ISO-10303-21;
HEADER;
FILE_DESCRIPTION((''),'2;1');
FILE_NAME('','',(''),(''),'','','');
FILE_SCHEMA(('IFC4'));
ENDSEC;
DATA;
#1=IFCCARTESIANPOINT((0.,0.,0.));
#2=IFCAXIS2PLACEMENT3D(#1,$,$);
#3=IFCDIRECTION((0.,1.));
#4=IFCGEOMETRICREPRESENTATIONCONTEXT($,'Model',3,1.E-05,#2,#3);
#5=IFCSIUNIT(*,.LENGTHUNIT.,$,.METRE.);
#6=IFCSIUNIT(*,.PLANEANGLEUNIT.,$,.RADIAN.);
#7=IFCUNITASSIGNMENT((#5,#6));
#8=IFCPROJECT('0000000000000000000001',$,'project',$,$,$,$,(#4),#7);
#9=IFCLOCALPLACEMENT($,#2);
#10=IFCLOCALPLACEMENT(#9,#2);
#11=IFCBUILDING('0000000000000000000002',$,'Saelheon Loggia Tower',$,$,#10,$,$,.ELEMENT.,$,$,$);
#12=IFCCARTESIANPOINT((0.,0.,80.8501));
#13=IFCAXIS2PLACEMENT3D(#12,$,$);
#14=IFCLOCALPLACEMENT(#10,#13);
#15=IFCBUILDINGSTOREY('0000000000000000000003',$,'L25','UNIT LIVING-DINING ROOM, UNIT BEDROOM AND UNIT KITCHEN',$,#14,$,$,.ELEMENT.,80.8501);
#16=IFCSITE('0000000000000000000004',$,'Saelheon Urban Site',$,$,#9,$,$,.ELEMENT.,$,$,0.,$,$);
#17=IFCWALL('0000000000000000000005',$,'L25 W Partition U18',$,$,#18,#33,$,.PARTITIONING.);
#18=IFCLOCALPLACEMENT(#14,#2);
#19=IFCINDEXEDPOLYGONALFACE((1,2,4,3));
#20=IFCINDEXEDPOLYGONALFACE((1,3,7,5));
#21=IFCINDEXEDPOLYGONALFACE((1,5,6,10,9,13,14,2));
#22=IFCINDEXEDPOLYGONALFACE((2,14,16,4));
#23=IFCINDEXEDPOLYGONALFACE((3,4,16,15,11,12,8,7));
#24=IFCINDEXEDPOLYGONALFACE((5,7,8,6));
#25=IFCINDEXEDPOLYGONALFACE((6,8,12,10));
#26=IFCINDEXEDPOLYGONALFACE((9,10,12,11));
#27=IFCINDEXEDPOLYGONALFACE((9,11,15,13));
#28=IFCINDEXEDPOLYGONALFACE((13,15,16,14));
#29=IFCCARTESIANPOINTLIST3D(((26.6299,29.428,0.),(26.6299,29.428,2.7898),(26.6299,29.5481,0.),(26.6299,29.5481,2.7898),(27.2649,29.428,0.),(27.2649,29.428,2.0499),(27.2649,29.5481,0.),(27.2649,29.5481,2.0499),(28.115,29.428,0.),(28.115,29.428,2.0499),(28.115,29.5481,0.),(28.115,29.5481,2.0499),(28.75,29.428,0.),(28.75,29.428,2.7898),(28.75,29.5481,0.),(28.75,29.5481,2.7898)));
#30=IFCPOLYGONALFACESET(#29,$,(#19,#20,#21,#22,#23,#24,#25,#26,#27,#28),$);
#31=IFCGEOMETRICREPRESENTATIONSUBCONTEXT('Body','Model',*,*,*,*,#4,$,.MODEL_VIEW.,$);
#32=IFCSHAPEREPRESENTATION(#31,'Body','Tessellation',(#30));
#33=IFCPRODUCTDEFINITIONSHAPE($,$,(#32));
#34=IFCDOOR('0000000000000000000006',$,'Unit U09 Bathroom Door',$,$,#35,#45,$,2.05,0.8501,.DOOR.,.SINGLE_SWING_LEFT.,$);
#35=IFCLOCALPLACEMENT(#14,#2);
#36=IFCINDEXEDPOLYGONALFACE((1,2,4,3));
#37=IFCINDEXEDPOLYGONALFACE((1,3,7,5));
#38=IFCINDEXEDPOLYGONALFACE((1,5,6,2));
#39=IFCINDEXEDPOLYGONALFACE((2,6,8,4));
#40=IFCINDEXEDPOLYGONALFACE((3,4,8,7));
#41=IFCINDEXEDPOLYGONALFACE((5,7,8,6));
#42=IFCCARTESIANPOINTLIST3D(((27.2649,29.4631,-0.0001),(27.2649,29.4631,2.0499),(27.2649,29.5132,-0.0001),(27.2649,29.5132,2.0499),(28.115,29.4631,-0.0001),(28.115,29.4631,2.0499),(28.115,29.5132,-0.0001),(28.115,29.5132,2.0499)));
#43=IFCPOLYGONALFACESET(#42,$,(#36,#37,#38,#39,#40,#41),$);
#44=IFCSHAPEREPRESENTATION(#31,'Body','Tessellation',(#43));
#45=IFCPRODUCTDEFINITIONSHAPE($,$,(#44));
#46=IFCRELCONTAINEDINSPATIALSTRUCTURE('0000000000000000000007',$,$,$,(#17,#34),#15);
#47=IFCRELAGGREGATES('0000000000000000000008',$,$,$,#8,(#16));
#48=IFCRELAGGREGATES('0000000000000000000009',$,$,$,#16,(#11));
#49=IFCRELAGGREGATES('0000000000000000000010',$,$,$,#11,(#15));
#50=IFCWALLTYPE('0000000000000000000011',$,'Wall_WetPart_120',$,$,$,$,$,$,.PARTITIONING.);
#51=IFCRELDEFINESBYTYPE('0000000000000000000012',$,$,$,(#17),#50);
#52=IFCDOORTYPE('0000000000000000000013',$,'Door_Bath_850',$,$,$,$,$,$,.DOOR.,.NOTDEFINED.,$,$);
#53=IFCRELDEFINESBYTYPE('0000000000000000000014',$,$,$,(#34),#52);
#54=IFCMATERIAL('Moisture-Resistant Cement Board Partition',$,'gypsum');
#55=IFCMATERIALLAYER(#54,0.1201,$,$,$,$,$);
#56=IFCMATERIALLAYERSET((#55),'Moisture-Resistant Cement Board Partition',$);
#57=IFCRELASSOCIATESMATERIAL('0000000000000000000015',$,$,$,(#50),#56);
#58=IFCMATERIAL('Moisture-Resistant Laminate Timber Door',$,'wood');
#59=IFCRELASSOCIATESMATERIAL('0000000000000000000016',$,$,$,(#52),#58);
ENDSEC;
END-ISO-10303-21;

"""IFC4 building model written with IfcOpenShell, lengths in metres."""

from ifc_helpers import new_model, si_unit, direction, frame, frame_2d, origin, place, context, subcontext, project, spatial, rectangle, extrude, source, transform, mapped, material, layer, layer_set, type_object, element, fill, save


model = new_model("IFC4")

# Units and contexts
model_context = context("Model", 3, precision=1e-05, world=origin(), true_north=direction((0.0, 1.0)))
body_context = subcontext(model_context, "Body", "Model", "MODEL_VIEW")
ifc_project = project(units=[si_unit("LENGTHUNIT", "METRE"), si_unit("PLANEANGLEUNIT", "RADIAN")], contexts=[model_context])

# Site, building, storey
site_placement = place(None, origin())
site = spatial("IfcSite", under=ifc_project, at=site_placement, Name="Saelheon Urban Site", CompositionType="ELEMENT", RefElevation=0.0)
building_placement = place(site_placement, origin())
building = spatial("IfcBuilding", under=site, at=building_placement, Name="Saelheon Loggia Tower", CompositionType="ELEMENT")
storey_placement = place(building_placement, frame((0.0, 0.0, 80.8501)))
storey = spatial("IfcBuildingStorey", under=building, at=storey_placement, Name="L25", Description="UNIT LIVING-DINING ROOM, UNIT BEDROOM AND UNIT KITCHEN", CompositionType="ELEMENT", Elevation=80.8501)

# Shared definitions
ifc_material_1 = material(Name="Moisture-Resistant Cement Board Partition", Category="gypsum")
ifc_layer_1 = layer(ifc_material_1, 0.1201)
ifc_layer_set_1 = layer_set([ifc_layer_1], Name="Moisture-Resistant Cement Board Partition")
wall_type_1 = type_object("IfcWallType", Name="Wall_WetPart_120", PredefinedType="PARTITIONING", material=ifc_layer_set_1)

# Wall, opening, door
wall_1_placement = place(storey_placement, frame((28.75, 29.488, 0.0), z_axis=(0.0, 0.0, 1.0), x_axis=(-1.0, 0.0, 0.0)))
wall_1 = element("IfcWall", 1, at=wall_1_placement, inside=storey, type_object=wall_type_1, Name="L25 W Partition U18", PredefinedType="PARTITIONING", context=body_context, shape_type="SweptSolid", body=[
    extrude(rectangle(XDim=2.1201, YDim=0.1201, at=frame_2d((1.0601, 0.0))), origin(), (0.0, 0.0, 1.0), 2.7898),
])
opening_1_placement = place(wall_1_placement, frame((0.635, 0.0, 0.0)))
opening_1 = element("IfcOpeningElement", 2, at=opening_1_placement, cuts=wall_1, PredefinedType="OPENING", context=body_context, shape_type="SweptSolid", body=[
    extrude(rectangle(XDim=0.8501, YDim=2.05, at=frame_2d((0.425, 1.0249))), frame((0.0, 0.072, 0.0), z_axis=(0.0, -1.0, 0.0), x_axis=(1.0, 0.0, 0.0)), (0.0, 0.0, 1.0), 0.144),
])
ifc_material_2 = material(Name="Moisture-Resistant Laminate Timber Door", Category="wood")
door_type_1 = type_object("IfcDoorType", Name="Door_Bath_850", OperationType="NOTDEFINED", PredefinedType="DOOR", material=ifc_material_2)
shared_shape_1 = source(origin(), body_context, "Body", "SweptSolid", [
    extrude(rectangle(XDim=0.8501, YDim=2.05, at=frame_2d((0.425, 1.0249))), frame((0.0, 0.0249, 0.0), z_axis=(0.0, -1.0, 0.0), x_axis=(1.0, 0.0, 0.0)), (0.0, 0.0, 1.0), 0.05),
])
door_1_placement = place(opening_1_placement, origin())
door_1 = element("IfcDoor", 3, at=door_1_placement, inside=storey, type_object=door_type_1, Name="Unit U09 Bathroom Door", OperationType="SINGLE_SWING_LEFT", OverallHeight=2.05, OverallWidth=0.8501, PredefinedType="DOOR", context=body_context, shape_type="MappedRepresentation", body=[
    mapped(shared_shape_1, transform((0.0, 0.0, 0.0), scale=1.0)),
])
fill(opening_1, door_1)

save(model, "model.ifc")
